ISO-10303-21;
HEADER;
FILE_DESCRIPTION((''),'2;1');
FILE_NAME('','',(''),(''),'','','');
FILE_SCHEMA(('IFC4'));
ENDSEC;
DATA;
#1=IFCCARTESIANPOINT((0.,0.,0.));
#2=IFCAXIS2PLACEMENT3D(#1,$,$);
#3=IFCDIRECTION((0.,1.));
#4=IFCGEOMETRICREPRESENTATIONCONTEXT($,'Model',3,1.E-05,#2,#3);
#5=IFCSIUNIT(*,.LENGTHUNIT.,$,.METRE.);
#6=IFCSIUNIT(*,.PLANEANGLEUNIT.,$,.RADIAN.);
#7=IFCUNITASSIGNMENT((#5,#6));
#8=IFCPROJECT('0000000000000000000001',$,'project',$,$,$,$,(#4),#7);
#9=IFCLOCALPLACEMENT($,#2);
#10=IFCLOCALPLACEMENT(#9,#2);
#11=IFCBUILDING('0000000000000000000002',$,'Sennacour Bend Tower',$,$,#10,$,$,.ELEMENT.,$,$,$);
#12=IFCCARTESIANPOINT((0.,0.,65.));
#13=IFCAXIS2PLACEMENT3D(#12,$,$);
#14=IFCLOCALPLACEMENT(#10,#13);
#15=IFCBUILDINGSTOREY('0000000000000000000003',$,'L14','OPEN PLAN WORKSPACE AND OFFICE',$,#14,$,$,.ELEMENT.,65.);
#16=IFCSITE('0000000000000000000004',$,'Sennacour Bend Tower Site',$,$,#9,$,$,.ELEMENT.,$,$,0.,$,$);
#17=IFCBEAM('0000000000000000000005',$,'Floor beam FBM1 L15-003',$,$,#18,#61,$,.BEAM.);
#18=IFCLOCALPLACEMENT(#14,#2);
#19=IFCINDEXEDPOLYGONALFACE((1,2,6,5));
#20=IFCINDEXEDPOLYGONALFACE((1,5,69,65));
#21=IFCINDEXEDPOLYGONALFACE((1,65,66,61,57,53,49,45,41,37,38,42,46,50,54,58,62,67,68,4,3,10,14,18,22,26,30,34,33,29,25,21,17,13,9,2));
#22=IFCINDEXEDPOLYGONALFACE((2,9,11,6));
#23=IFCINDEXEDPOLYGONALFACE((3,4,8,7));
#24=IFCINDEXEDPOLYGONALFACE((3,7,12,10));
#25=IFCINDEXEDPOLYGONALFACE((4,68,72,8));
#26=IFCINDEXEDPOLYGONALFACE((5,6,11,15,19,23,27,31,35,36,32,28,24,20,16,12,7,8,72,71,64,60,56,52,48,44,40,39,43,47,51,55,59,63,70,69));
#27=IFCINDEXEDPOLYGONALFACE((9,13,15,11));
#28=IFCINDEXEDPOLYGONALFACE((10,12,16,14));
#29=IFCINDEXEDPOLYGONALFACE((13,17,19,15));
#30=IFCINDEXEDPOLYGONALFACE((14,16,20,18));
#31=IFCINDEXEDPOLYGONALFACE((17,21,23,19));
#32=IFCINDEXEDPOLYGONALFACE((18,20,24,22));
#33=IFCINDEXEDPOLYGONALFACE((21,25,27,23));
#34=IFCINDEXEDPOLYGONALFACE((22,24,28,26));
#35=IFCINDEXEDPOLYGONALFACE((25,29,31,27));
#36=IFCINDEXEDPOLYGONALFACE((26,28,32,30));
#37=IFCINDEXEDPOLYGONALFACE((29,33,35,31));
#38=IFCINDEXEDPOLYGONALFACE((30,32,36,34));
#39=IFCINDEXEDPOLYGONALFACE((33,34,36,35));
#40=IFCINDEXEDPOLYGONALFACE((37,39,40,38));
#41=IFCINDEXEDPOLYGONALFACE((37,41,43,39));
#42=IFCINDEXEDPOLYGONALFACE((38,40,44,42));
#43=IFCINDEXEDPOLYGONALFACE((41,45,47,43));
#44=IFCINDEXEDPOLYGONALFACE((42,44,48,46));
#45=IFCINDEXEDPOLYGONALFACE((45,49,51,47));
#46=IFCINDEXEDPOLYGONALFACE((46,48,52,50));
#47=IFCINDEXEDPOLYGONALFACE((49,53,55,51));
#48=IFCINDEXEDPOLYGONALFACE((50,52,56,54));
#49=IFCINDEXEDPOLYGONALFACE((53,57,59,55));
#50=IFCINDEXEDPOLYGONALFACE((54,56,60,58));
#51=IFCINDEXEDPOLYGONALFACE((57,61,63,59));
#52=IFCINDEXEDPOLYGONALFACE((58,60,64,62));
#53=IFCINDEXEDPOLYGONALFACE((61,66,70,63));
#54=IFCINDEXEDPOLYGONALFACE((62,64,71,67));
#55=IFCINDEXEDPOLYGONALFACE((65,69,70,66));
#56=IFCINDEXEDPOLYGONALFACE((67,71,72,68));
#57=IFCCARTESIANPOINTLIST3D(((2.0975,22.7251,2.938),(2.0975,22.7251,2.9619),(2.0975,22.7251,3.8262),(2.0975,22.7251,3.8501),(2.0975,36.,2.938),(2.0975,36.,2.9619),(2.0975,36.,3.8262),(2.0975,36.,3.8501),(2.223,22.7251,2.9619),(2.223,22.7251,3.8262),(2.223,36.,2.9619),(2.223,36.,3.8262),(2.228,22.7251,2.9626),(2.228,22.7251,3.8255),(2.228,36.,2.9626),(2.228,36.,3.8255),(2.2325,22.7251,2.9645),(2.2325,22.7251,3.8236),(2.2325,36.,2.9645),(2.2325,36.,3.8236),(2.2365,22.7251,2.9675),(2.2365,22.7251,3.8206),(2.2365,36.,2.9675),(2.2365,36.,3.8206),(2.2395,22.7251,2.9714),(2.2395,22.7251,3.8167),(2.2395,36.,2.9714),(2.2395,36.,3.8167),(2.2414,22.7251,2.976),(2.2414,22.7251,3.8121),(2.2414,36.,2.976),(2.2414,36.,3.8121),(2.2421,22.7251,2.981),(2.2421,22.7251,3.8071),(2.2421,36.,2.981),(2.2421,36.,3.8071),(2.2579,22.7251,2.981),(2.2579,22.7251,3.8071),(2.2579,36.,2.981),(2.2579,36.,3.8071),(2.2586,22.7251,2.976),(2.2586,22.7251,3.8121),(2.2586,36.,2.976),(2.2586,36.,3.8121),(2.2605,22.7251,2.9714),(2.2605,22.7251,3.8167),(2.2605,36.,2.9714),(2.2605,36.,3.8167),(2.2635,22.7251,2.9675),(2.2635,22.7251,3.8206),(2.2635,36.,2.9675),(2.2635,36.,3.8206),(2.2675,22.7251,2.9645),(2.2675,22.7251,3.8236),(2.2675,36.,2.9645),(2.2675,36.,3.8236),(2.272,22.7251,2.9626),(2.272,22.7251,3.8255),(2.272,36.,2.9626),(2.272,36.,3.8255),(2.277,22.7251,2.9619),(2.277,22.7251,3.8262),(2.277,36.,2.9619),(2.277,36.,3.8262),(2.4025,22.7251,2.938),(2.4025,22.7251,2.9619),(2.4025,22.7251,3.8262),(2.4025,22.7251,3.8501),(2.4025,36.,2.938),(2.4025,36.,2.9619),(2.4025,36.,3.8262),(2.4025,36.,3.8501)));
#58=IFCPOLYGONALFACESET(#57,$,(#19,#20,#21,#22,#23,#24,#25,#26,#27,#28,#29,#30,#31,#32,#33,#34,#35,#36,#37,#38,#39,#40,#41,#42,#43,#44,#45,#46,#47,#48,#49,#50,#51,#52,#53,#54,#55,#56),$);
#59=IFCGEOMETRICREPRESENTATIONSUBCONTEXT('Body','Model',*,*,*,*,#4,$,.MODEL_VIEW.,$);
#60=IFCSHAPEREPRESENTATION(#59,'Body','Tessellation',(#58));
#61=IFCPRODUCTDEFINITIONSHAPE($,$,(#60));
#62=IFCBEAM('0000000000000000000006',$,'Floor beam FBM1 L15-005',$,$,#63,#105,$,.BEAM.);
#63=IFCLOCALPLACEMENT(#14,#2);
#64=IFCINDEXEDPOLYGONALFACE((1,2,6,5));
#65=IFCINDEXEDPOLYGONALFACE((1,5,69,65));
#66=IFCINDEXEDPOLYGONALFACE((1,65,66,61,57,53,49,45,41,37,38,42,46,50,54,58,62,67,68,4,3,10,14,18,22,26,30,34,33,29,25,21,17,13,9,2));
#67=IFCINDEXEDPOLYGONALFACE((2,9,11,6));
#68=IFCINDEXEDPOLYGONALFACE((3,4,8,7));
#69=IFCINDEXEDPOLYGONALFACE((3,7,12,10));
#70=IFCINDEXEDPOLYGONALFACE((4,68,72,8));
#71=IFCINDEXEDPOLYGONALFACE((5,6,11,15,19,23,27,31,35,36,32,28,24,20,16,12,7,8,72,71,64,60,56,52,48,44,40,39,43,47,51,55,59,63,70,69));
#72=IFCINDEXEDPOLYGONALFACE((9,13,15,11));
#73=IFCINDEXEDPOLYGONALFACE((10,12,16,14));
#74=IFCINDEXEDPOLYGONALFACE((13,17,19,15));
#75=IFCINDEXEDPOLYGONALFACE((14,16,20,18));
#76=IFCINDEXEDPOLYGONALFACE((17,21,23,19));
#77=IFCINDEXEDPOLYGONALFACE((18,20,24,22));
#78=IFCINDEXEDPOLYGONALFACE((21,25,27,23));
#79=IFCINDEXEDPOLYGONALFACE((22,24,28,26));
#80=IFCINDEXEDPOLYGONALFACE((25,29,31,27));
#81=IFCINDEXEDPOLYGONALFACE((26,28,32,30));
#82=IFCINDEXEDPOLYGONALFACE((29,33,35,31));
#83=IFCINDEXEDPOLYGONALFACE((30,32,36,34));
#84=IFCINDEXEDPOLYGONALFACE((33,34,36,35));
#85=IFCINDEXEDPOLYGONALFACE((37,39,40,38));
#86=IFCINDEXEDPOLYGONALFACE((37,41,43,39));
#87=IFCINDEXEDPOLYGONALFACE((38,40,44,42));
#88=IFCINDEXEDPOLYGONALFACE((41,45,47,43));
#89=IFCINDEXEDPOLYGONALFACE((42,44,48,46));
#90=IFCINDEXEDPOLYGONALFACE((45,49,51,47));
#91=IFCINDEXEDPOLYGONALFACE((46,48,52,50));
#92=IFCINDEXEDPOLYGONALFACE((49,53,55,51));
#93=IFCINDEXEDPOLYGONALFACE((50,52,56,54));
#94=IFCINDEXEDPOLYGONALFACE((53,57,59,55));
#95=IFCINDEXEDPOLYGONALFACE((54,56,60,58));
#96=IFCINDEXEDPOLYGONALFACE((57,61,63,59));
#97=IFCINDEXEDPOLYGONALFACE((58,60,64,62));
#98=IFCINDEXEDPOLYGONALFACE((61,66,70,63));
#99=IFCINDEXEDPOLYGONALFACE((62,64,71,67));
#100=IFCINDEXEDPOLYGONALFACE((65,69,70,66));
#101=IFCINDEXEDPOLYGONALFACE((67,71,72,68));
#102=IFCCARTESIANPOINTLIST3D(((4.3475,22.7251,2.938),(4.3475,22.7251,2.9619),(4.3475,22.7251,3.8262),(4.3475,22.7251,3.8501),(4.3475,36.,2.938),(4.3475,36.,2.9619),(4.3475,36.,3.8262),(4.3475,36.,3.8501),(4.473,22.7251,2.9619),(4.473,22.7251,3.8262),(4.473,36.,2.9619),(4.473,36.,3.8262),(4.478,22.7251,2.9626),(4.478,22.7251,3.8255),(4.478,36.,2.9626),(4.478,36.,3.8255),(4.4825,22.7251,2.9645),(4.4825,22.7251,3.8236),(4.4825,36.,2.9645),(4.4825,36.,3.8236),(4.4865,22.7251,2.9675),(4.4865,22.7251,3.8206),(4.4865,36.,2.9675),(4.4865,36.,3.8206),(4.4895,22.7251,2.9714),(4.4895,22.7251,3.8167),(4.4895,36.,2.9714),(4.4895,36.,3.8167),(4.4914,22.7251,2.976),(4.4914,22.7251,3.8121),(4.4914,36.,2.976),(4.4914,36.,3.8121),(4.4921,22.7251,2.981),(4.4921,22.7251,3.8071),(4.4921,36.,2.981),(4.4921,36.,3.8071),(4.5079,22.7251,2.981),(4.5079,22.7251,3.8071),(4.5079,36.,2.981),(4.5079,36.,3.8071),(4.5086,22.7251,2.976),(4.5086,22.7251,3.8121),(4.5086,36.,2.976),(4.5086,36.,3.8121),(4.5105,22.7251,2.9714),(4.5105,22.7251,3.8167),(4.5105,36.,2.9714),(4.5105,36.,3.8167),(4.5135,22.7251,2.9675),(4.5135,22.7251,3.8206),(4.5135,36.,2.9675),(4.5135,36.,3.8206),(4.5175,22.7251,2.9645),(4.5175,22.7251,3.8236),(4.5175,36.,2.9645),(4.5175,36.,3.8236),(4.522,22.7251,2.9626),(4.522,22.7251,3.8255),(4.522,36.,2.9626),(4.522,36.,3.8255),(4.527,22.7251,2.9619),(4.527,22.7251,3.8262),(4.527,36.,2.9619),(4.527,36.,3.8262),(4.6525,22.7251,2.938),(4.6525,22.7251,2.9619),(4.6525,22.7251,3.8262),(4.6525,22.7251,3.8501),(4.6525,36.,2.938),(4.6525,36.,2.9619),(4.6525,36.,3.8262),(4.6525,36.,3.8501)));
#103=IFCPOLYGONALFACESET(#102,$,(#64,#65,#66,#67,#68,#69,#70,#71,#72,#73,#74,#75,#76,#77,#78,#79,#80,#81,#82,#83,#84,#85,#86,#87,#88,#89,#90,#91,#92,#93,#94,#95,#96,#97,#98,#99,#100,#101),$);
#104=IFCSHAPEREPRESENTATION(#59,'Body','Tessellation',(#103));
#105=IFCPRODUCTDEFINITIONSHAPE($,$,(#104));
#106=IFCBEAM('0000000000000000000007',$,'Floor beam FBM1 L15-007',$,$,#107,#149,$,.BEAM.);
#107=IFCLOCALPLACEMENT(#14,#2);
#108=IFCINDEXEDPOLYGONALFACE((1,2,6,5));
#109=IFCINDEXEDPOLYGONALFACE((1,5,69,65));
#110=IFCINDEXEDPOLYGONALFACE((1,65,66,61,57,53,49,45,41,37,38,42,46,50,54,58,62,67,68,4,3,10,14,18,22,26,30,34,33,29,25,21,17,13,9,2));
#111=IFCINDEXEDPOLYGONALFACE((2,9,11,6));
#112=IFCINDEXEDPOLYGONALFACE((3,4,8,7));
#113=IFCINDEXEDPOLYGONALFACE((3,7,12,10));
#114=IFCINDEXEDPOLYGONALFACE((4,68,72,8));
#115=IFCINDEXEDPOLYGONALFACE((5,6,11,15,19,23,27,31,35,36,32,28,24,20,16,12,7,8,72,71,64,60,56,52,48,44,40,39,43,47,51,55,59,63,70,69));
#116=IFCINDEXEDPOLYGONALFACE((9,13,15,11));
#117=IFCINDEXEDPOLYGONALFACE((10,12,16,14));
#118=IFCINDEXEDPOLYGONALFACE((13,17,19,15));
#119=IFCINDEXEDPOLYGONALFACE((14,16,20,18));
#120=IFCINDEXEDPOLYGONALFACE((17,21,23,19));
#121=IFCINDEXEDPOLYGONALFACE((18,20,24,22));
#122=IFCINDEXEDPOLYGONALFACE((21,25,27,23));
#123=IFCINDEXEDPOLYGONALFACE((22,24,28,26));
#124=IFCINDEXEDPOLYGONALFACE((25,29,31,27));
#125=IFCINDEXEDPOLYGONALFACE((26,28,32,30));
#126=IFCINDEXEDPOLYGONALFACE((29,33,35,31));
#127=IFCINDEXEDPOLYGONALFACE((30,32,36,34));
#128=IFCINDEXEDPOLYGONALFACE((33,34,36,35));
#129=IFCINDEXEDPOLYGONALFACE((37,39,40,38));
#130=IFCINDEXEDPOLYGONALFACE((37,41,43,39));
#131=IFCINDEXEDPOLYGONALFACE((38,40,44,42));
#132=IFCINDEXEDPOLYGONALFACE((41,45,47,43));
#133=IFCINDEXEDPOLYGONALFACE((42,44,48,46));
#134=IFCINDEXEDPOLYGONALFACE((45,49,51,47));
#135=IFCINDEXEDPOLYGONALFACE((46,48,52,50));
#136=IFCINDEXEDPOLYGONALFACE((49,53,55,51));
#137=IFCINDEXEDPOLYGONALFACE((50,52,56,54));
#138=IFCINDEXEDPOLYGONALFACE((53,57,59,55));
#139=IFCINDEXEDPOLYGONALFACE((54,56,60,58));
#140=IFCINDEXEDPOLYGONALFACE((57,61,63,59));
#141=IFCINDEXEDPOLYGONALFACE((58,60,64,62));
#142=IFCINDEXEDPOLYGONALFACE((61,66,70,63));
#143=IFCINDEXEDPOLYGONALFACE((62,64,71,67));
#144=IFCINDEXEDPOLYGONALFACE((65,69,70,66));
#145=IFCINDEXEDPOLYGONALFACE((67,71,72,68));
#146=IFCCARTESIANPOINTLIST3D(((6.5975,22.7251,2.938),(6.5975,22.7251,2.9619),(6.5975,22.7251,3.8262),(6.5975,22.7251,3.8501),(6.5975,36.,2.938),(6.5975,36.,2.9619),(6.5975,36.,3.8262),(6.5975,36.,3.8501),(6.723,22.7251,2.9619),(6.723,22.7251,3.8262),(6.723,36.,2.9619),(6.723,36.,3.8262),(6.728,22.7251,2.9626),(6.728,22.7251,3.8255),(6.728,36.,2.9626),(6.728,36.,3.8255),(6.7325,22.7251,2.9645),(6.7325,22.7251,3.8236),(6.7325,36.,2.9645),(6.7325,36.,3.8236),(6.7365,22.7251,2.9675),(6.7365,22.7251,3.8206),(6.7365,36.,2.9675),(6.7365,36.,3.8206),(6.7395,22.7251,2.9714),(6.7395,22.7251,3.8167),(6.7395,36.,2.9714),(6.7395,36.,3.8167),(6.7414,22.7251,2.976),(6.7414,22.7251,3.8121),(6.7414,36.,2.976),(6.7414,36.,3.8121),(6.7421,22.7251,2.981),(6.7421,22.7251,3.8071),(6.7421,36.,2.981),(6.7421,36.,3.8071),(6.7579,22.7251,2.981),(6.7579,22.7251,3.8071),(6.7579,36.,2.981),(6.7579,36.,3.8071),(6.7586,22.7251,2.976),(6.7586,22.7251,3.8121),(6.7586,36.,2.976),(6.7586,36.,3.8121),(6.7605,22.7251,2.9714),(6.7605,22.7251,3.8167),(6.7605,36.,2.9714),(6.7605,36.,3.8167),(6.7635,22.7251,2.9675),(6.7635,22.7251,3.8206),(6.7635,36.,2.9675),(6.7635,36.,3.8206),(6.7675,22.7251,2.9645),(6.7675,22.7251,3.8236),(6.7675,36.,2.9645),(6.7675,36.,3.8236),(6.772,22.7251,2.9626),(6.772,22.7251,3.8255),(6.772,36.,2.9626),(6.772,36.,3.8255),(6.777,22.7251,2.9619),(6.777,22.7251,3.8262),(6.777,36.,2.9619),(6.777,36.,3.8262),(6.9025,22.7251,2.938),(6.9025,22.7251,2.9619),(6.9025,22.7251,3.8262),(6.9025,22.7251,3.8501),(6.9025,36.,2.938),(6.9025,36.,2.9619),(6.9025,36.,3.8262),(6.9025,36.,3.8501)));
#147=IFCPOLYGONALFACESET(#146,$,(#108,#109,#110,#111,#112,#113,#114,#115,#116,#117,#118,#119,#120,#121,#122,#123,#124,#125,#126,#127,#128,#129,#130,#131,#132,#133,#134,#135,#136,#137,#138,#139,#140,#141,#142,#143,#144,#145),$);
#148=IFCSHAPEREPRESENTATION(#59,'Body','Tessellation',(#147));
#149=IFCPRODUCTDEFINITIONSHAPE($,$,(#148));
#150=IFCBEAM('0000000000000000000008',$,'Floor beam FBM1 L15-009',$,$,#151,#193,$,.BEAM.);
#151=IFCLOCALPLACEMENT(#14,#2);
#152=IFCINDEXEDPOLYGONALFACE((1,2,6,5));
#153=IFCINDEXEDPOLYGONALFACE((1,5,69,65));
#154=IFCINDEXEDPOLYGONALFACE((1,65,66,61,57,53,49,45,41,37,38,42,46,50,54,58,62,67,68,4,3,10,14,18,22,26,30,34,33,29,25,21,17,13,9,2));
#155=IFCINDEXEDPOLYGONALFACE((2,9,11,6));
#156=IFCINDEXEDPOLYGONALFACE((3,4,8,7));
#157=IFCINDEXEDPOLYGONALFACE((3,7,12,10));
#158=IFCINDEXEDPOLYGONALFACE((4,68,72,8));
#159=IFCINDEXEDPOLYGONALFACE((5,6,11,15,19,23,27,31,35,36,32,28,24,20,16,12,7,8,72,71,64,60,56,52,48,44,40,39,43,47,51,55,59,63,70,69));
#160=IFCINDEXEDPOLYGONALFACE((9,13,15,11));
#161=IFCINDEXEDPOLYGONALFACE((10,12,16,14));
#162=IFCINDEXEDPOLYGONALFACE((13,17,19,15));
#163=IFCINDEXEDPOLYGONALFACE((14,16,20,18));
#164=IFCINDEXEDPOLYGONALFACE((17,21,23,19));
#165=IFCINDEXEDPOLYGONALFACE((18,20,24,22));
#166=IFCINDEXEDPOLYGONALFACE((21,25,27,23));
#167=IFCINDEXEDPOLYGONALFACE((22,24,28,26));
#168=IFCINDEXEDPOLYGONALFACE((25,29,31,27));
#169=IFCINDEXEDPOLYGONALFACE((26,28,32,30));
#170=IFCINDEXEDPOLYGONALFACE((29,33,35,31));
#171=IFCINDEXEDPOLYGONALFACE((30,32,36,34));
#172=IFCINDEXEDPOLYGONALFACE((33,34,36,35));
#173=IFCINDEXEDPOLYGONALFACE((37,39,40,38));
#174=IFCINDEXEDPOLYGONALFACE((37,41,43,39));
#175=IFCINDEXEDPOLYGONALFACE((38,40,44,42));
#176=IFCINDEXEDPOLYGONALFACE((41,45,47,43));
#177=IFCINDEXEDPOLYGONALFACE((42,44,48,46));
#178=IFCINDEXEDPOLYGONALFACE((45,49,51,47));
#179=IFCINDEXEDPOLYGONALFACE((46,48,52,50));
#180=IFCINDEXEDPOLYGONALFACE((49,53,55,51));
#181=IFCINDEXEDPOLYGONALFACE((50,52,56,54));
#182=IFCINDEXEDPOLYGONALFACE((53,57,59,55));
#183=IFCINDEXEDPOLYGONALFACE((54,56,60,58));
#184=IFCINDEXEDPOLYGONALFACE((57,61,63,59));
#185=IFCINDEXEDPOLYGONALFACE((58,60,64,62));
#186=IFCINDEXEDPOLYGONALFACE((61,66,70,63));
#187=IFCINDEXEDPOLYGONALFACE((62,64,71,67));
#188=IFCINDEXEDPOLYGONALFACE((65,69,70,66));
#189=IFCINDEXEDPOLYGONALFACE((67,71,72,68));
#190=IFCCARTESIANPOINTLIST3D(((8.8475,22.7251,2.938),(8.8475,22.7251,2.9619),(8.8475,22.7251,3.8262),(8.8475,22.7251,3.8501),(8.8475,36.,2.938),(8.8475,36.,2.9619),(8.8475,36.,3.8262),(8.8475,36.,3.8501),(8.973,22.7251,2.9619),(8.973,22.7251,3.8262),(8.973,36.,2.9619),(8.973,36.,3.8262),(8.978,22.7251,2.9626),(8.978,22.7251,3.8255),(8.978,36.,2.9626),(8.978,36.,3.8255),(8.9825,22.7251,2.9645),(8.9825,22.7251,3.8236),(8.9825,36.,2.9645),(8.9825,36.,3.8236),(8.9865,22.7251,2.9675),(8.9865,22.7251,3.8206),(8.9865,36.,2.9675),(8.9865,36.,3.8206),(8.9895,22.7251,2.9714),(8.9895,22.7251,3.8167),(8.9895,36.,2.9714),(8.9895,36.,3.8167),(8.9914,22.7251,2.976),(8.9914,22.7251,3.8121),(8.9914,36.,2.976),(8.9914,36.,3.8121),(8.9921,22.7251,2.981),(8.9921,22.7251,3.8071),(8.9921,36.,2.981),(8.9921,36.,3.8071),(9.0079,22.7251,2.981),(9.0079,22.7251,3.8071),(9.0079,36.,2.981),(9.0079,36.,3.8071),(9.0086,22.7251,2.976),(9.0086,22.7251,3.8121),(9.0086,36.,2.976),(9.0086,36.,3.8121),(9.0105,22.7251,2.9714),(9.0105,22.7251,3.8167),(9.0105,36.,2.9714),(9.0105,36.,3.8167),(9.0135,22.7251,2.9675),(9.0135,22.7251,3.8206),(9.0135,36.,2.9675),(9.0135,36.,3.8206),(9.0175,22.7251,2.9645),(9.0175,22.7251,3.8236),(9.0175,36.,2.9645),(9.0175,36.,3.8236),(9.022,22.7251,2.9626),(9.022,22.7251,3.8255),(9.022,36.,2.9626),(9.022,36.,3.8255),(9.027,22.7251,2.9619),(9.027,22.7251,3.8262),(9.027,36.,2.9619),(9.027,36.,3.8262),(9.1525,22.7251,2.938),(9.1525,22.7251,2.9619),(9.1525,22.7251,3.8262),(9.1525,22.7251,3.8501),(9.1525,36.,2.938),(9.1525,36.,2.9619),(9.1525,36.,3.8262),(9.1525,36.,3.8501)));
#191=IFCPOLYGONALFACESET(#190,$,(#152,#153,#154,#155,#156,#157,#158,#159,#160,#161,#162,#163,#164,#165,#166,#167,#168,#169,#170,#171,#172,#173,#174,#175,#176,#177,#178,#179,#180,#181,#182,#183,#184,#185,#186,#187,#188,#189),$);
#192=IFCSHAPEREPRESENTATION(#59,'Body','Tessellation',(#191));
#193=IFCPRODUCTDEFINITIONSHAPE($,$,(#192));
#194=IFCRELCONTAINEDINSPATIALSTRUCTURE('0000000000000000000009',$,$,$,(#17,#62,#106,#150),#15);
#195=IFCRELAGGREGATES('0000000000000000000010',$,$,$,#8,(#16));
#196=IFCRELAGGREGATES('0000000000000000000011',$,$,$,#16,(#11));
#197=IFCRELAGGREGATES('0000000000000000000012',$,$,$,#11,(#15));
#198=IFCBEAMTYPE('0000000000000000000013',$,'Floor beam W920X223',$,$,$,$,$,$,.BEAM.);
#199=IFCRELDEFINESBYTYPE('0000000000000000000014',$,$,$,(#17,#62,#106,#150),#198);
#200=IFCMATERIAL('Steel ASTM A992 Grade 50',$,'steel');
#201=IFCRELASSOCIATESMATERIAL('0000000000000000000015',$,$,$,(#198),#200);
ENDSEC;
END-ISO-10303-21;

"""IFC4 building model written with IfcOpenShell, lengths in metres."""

from ifc_helpers import new_model, si_unit, direction, frame, origin, origin_2d, place, context, subcontext, project, spatial, i_section, extrude, material, material_profile, profile_set, type_object, element, save


model = new_model("IFC4")

# Units and contexts
model_context = context("Model", 3, precision=1e-05, world=origin(), true_north=direction((0.0, 1.0)))
body_context = subcontext(model_context, "Body", "Model", "MODEL_VIEW")
ifc_project = project(units=[si_unit("LENGTHUNIT", "METRE"), si_unit("PLANEANGLEUNIT", "RADIAN")], contexts=[model_context])

# Site, building, storey
site_placement = place(None, origin())
site = spatial("IfcSite", under=ifc_project, at=site_placement, Name="Sennacour Bend Tower Site", CompositionType="ELEMENT", RefElevation=0.0)
building_placement = place(site_placement, origin())
building = spatial("IfcBuilding", under=site, at=building_placement, Name="Sennacour Bend Tower", CompositionType="ELEMENT")
storey_placement = place(building_placement, frame((0.0, 0.0, 65.0)))
storey = spatial("IfcBuildingStorey", under=building, at=storey_placement, Name="L14", Description="OPEN PLAN WORKSPACE AND OFFICE", CompositionType="ELEMENT", Elevation=65.0)

# Beams
ifc_material_1 = material(Name="Steel ASTM A992 Grade 50", Category="steel")
ifc_material_profile = material_profile(ifc_material_1, i_section(OverallWidth=0.3049, OverallDepth=0.9121, WebThickness=0.0159, FlangeThickness=0.0239, FilletRadius=0.019, at=origin_2d()), Name="Steel ASTM A992 Grade 50", Category="steel")
ifc_profile_set = profile_set([ifc_material_profile], Name="Steel ASTM A992 Grade 50")
beam_type = type_object("IfcBeamType", Name="Floor beam W920X223", PredefinedType="BEAM", material=ifc_profile_set)
for number, where, z_axis, x_axis, name in (
    (1, (2.25, 22.7251, 3.394), (0.0, 1.0, 0.0), (-1.0, 0.0, 0.0), "Floor beam FBM1 L15-003"),
    (2, (4.5, 22.7251, 3.394), (0.0, 1.0, 0.0), (-1.0, 0.0, 0.0), "Floor beam FBM1 L15-005"),
    (3, (6.75, 22.7251, 3.394), (0.0, 1.0, 0.0), (-1.0, 0.0, 0.0), "Floor beam FBM1 L15-007"),
    (4, (9.0, 22.7251, 3.394), (0.0, 1.0, 0.0), (-1.0, 0.0, 0.0), "Floor beam FBM1 L15-009"),
):
    element("IfcBeam", number, at=place(storey_placement, frame(where, z_axis=z_axis, x_axis=x_axis)), inside=storey, type_object=beam_type, Name=name, PredefinedType="BEAM", context=body_context, shape_type="SweptSolid", body=[
        extrude(i_section(OverallWidth=0.3049, OverallDepth=0.9121, WebThickness=0.0159, FlangeThickness=0.0239, FilletRadius=0.019, at=origin_2d()), origin(), (0.0, 0.0, 1.0), 13.2749),
    ])

save(model, "model.ifc")
